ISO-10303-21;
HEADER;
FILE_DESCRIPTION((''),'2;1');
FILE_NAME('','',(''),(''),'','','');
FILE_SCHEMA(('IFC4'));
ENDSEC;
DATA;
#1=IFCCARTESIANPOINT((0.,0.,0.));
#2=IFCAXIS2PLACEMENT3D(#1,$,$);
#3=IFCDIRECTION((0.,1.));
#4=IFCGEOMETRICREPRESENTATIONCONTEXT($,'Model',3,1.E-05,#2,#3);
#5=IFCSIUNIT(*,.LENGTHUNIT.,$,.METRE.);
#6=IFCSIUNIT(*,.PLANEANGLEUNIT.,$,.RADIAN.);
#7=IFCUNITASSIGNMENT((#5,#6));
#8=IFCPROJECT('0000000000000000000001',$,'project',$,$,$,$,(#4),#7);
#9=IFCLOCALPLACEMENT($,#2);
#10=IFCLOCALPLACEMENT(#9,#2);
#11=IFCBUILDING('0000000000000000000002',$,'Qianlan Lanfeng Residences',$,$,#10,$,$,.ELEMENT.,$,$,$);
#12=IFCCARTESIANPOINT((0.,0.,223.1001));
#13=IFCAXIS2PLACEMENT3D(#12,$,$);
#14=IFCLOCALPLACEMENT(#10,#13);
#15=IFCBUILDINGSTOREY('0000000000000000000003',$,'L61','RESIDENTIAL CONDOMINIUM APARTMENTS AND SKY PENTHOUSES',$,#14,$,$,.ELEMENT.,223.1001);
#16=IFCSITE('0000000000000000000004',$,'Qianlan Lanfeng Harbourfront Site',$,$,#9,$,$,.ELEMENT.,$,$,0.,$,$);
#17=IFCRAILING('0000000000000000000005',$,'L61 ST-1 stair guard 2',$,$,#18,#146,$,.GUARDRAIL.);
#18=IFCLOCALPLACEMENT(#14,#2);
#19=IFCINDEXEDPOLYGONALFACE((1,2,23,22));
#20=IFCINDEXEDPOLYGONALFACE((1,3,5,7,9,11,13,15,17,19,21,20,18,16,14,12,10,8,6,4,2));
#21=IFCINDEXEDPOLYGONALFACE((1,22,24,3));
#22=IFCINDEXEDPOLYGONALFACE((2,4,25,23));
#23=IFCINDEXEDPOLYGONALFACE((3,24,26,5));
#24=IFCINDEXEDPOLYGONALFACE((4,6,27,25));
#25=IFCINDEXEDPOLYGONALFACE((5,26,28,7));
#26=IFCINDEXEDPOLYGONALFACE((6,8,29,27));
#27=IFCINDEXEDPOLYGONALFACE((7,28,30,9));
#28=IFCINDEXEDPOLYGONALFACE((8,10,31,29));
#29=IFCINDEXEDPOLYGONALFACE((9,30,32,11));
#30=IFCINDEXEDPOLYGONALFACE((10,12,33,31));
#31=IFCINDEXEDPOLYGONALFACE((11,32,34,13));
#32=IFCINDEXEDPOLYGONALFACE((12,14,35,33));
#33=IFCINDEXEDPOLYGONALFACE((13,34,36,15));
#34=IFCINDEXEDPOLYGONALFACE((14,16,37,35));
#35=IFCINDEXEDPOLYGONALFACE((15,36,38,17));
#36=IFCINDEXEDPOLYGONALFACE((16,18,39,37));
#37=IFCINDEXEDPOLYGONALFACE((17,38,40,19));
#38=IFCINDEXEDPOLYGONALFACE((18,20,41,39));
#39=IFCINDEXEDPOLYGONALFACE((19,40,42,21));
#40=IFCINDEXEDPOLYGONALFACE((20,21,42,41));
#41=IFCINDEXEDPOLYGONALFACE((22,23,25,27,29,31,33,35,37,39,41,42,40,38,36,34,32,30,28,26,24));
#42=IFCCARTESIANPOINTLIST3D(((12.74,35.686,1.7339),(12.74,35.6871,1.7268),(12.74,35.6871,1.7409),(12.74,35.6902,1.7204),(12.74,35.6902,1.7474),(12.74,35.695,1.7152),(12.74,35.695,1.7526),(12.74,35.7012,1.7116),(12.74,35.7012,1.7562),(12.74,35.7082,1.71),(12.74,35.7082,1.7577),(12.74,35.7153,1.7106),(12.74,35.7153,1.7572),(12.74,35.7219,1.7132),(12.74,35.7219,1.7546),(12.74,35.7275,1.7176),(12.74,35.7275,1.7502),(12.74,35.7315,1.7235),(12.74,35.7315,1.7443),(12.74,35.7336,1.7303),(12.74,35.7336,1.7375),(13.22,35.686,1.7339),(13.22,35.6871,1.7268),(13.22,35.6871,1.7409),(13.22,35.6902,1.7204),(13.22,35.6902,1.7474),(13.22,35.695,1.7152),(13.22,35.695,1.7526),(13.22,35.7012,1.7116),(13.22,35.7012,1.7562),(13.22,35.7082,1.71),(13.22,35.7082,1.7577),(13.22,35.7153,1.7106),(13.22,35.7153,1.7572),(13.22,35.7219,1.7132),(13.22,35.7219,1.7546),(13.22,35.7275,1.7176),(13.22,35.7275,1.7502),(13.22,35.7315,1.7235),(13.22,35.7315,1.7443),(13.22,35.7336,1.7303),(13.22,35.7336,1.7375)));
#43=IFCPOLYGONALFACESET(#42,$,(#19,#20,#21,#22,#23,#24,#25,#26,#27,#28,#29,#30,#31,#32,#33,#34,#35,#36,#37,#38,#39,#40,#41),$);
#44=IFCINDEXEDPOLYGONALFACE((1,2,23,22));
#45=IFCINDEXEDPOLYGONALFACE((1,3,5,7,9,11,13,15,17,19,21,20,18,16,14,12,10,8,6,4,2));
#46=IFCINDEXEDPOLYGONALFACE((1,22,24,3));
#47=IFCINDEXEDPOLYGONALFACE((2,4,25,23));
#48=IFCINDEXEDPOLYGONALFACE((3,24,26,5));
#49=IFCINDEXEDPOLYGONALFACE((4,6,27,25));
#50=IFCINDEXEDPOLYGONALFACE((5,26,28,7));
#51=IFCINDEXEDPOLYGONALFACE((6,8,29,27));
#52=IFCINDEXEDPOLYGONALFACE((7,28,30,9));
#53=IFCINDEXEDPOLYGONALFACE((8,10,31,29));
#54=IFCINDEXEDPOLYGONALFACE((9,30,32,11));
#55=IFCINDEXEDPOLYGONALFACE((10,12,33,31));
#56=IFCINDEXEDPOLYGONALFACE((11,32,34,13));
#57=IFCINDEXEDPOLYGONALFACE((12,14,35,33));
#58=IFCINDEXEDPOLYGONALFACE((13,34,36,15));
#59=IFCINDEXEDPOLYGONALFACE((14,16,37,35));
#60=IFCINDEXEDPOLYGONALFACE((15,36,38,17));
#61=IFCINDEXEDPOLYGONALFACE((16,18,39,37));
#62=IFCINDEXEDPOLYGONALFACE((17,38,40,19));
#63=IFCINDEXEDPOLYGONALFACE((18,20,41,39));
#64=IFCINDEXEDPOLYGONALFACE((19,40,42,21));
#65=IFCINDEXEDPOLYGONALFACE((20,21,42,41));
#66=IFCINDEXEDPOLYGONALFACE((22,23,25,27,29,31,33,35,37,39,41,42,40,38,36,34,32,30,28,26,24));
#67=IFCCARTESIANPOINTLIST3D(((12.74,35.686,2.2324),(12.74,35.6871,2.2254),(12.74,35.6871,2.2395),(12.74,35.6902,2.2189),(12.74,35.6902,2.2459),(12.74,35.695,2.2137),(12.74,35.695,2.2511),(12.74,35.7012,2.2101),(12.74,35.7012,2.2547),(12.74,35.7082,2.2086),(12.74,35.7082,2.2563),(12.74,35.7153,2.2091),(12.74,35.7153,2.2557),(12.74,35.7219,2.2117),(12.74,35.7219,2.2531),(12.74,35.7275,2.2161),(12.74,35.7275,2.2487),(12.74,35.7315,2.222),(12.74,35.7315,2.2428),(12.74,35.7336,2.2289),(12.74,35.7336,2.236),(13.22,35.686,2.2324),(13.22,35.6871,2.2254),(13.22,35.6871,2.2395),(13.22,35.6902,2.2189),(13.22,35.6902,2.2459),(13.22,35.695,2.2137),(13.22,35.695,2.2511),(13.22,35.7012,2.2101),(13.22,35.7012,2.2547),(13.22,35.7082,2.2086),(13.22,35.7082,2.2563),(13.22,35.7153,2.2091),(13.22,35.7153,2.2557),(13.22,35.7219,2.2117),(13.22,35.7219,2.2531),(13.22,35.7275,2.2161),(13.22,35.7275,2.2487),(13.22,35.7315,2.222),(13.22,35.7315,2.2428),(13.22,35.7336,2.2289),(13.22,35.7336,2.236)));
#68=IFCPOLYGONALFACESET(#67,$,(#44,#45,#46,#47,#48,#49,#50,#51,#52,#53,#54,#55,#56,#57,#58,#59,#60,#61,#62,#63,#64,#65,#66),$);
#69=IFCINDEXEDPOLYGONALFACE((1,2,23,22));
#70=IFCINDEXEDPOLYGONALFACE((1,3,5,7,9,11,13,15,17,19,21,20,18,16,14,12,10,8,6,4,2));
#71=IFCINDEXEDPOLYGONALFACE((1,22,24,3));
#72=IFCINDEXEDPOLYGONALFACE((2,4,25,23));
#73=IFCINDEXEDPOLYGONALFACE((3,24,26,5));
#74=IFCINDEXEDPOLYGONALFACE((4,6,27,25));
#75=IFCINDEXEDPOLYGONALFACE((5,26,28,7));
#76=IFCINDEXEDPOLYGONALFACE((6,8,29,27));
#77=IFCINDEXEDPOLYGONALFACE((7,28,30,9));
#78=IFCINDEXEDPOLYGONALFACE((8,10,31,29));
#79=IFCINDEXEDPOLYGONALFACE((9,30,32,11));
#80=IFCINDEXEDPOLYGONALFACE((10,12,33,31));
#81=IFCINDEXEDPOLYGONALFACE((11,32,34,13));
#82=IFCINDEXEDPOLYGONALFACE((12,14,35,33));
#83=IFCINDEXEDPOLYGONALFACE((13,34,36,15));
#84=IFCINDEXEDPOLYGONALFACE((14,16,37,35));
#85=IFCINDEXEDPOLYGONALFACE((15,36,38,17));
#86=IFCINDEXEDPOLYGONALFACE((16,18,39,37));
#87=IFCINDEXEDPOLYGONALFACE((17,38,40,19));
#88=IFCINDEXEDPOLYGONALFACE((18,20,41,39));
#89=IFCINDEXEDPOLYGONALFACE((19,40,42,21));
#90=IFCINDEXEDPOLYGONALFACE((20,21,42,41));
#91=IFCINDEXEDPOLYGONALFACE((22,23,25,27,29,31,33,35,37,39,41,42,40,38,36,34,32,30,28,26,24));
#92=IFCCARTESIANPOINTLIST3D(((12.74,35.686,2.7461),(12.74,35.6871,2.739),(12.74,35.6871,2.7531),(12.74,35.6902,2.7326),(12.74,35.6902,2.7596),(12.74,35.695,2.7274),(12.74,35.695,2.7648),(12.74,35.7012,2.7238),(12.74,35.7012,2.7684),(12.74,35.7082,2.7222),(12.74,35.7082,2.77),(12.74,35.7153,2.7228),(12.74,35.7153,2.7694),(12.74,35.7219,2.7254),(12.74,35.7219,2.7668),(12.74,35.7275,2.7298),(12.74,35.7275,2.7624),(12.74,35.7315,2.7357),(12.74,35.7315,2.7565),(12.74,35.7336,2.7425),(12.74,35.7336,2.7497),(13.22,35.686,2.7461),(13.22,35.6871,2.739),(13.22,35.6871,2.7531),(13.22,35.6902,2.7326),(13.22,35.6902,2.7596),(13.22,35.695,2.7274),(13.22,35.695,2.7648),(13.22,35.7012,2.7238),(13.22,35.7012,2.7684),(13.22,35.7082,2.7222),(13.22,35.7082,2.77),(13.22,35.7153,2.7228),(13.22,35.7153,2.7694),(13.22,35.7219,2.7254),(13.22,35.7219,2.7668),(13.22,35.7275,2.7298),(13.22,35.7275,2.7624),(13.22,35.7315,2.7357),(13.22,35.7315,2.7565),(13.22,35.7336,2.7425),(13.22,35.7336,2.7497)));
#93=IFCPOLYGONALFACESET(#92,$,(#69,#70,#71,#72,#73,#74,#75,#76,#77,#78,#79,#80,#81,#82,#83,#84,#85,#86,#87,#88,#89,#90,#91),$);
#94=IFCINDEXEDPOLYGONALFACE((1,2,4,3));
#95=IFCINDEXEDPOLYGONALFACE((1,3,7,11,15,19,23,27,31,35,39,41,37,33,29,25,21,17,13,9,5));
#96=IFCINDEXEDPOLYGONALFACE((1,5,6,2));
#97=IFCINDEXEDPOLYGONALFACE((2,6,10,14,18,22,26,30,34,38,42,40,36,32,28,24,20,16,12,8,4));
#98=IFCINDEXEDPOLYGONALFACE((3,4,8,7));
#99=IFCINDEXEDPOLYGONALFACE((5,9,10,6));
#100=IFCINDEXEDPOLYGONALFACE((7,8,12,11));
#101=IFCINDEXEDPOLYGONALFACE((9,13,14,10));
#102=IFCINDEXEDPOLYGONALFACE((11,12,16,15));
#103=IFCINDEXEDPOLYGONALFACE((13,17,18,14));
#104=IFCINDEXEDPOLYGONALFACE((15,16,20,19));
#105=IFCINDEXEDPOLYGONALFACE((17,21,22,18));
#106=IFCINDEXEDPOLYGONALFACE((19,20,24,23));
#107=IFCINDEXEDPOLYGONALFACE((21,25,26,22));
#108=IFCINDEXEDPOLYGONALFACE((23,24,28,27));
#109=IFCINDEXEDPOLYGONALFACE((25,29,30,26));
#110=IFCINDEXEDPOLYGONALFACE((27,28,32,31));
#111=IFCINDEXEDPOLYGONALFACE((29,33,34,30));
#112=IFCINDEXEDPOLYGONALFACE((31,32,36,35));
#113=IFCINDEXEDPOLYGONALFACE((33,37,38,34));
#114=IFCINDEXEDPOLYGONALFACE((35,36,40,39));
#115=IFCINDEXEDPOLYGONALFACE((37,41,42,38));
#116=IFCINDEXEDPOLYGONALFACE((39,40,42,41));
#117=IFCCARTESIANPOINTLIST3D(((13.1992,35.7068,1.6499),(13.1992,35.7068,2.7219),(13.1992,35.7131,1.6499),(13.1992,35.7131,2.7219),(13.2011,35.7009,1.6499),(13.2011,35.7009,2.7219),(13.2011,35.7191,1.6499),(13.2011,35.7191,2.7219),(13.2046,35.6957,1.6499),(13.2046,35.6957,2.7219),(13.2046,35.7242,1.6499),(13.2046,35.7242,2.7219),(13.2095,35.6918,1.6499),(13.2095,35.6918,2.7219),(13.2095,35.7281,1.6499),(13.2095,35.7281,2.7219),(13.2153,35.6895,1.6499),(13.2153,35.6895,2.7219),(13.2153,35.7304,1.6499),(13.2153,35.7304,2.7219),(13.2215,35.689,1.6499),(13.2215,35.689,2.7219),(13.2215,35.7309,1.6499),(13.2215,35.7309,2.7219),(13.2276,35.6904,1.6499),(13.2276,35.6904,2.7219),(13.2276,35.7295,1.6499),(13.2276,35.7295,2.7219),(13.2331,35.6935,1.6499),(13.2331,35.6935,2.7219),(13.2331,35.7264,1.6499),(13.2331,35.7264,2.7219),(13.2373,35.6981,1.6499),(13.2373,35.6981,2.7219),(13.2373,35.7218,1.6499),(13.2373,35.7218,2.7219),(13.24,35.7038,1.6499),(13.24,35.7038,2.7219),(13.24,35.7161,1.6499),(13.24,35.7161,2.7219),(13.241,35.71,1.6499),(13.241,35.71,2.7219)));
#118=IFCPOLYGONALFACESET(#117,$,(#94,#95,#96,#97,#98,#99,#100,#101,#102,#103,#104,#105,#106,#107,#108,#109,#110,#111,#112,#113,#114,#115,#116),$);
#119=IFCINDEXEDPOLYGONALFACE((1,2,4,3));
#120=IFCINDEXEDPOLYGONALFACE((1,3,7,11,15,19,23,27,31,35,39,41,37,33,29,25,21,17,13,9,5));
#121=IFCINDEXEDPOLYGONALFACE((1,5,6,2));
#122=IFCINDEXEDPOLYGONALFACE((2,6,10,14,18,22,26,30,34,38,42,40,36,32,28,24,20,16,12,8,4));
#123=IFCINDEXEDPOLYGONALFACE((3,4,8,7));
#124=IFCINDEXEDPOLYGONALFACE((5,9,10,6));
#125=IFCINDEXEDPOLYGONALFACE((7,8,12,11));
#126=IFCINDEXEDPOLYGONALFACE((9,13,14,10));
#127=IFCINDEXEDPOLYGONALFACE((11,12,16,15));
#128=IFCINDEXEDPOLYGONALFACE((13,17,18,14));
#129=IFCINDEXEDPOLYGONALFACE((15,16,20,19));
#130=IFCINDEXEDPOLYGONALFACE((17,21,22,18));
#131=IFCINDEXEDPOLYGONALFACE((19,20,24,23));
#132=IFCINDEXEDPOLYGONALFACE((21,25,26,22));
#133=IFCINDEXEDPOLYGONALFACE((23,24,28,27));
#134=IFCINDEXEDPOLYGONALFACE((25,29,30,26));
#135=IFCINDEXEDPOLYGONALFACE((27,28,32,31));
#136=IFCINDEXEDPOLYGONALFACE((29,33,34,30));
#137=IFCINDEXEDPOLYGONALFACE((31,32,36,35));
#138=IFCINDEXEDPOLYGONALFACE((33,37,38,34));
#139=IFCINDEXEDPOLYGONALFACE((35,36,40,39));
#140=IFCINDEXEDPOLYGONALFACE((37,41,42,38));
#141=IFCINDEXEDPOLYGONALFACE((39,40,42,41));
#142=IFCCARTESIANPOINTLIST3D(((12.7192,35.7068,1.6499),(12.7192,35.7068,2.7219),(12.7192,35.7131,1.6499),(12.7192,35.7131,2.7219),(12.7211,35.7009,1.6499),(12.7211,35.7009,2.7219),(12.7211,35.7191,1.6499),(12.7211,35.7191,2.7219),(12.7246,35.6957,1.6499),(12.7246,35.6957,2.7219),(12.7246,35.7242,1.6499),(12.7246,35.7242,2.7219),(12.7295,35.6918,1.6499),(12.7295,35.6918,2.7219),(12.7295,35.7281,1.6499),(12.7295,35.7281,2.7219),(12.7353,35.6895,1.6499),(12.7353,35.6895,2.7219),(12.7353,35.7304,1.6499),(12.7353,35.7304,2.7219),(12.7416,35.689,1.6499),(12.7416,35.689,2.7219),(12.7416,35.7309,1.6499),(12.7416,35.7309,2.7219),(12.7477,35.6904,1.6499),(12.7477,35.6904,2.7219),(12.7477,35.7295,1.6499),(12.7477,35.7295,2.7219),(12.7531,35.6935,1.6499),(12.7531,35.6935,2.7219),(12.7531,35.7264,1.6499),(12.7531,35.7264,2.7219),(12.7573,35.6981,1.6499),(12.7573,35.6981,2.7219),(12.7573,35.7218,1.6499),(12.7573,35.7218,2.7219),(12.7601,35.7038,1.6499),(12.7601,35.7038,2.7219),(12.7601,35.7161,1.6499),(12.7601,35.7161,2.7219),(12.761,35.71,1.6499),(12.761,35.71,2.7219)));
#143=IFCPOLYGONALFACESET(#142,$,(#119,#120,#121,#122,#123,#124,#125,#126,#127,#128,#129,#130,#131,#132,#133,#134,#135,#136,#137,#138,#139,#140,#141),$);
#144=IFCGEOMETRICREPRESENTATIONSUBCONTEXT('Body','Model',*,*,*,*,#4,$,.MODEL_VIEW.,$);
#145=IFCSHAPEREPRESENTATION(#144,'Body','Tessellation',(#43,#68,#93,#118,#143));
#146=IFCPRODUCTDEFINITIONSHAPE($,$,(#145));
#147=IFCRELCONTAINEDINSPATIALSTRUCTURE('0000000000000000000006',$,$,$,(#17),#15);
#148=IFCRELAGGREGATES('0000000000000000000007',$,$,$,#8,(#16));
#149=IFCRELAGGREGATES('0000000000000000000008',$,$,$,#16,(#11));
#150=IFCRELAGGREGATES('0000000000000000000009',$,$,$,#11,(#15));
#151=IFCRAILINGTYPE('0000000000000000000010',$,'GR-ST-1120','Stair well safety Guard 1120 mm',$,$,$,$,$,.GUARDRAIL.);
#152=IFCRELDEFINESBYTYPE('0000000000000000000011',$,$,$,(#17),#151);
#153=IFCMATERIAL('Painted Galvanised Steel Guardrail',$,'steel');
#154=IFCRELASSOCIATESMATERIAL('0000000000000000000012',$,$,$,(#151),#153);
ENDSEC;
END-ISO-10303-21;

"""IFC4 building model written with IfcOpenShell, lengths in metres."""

from ifc_helpers import new_model, si_unit, direction, frame, origin, origin_2d, place, context, subcontext, project, spatial, circle, extrude, material, type_object, element, save


model = new_model("IFC4")

# Units and contexts
model_context = context("Model", 3, precision=1e-05, world=origin(), true_north=direction((0.0, 1.0)))
body_context = subcontext(model_context, "Body", "Model", "MODEL_VIEW")
ifc_project = project(units=[si_unit("LENGTHUNIT", "METRE"), si_unit("PLANEANGLEUNIT", "RADIAN")], contexts=[model_context])

# Site, building, storey
site_placement = place(None, origin())
site = spatial("IfcSite", under=ifc_project, at=site_placement, Name="Qianlan Lanfeng Harbourfront Site", CompositionType="ELEMENT", RefElevation=0.0)
building_placement = place(site_placement, origin())
building = spatial("IfcBuilding", under=site, at=building_placement, Name="Qianlan Lanfeng Residences", CompositionType="ELEMENT")
storey_placement = place(building_placement, frame((0.0, 0.0, 223.1001)))
storey = spatial("IfcBuildingStorey", under=building, at=storey_placement, Name="L61", Description="RESIDENTIAL CONDOMINIUM APARTMENTS AND SKY PENTHOUSES", CompositionType="ELEMENT", Elevation=223.1001)

# Railing
ifc_material_1 = material(Name="Painted Galvanised Steel Guardrail", Category="steel")
railing_type_1 = type_object("IfcRailingType", Name="GR-ST-1120", Description="Stair well safety Guard 1120 mm", PredefinedType="GUARDRAIL", material=ifc_material_1)
railing_1_placement = place(storey_placement, frame((13.22, 35.71, 1.6499)))
element("IfcRailing", 1, at=railing_1_placement, inside=storey, type_object=railing_type_1, Name="L61 ST-1 stair guard 2", PredefinedType="GUARDRAIL", context=body_context, shape_type="SweptSolid", body=[
    extrude(circle(Radius=0.0239, at=origin_2d()), frame((0.0, 0.0, 0.084), z_axis=(-1.0, 0.0, 0.0), x_axis=(0.0, -1.0, 0.0)), (0.0, 0.0, 1.0), 0.48),
    extrude(circle(Radius=0.0239, at=origin_2d()), frame((0.0, 0.0, 0.5825), z_axis=(-1.0, 0.0, 0.0), x_axis=(0.0, -1.0, 0.0)), (0.0, 0.0, 1.0), 0.48),
    extrude(circle(Radius=0.0239, at=origin_2d()), frame((0.0, 0.0, 1.0962), z_axis=(-1.0, 0.0, 0.0), x_axis=(0.0, -1.0, 0.0)), (0.0, 0.0, 1.0), 0.48),
    extrude(circle(Radius=0.021, at=origin_2d()), origin(), (0.0, 0.0, 1.0), 1.072),
    extrude(circle(Radius=0.021, at=origin_2d()), frame((-0.48, 0.0, 0.0)), (0.0, 0.0, 1.0), 1.072),
])

save(model, "model.ifc")
